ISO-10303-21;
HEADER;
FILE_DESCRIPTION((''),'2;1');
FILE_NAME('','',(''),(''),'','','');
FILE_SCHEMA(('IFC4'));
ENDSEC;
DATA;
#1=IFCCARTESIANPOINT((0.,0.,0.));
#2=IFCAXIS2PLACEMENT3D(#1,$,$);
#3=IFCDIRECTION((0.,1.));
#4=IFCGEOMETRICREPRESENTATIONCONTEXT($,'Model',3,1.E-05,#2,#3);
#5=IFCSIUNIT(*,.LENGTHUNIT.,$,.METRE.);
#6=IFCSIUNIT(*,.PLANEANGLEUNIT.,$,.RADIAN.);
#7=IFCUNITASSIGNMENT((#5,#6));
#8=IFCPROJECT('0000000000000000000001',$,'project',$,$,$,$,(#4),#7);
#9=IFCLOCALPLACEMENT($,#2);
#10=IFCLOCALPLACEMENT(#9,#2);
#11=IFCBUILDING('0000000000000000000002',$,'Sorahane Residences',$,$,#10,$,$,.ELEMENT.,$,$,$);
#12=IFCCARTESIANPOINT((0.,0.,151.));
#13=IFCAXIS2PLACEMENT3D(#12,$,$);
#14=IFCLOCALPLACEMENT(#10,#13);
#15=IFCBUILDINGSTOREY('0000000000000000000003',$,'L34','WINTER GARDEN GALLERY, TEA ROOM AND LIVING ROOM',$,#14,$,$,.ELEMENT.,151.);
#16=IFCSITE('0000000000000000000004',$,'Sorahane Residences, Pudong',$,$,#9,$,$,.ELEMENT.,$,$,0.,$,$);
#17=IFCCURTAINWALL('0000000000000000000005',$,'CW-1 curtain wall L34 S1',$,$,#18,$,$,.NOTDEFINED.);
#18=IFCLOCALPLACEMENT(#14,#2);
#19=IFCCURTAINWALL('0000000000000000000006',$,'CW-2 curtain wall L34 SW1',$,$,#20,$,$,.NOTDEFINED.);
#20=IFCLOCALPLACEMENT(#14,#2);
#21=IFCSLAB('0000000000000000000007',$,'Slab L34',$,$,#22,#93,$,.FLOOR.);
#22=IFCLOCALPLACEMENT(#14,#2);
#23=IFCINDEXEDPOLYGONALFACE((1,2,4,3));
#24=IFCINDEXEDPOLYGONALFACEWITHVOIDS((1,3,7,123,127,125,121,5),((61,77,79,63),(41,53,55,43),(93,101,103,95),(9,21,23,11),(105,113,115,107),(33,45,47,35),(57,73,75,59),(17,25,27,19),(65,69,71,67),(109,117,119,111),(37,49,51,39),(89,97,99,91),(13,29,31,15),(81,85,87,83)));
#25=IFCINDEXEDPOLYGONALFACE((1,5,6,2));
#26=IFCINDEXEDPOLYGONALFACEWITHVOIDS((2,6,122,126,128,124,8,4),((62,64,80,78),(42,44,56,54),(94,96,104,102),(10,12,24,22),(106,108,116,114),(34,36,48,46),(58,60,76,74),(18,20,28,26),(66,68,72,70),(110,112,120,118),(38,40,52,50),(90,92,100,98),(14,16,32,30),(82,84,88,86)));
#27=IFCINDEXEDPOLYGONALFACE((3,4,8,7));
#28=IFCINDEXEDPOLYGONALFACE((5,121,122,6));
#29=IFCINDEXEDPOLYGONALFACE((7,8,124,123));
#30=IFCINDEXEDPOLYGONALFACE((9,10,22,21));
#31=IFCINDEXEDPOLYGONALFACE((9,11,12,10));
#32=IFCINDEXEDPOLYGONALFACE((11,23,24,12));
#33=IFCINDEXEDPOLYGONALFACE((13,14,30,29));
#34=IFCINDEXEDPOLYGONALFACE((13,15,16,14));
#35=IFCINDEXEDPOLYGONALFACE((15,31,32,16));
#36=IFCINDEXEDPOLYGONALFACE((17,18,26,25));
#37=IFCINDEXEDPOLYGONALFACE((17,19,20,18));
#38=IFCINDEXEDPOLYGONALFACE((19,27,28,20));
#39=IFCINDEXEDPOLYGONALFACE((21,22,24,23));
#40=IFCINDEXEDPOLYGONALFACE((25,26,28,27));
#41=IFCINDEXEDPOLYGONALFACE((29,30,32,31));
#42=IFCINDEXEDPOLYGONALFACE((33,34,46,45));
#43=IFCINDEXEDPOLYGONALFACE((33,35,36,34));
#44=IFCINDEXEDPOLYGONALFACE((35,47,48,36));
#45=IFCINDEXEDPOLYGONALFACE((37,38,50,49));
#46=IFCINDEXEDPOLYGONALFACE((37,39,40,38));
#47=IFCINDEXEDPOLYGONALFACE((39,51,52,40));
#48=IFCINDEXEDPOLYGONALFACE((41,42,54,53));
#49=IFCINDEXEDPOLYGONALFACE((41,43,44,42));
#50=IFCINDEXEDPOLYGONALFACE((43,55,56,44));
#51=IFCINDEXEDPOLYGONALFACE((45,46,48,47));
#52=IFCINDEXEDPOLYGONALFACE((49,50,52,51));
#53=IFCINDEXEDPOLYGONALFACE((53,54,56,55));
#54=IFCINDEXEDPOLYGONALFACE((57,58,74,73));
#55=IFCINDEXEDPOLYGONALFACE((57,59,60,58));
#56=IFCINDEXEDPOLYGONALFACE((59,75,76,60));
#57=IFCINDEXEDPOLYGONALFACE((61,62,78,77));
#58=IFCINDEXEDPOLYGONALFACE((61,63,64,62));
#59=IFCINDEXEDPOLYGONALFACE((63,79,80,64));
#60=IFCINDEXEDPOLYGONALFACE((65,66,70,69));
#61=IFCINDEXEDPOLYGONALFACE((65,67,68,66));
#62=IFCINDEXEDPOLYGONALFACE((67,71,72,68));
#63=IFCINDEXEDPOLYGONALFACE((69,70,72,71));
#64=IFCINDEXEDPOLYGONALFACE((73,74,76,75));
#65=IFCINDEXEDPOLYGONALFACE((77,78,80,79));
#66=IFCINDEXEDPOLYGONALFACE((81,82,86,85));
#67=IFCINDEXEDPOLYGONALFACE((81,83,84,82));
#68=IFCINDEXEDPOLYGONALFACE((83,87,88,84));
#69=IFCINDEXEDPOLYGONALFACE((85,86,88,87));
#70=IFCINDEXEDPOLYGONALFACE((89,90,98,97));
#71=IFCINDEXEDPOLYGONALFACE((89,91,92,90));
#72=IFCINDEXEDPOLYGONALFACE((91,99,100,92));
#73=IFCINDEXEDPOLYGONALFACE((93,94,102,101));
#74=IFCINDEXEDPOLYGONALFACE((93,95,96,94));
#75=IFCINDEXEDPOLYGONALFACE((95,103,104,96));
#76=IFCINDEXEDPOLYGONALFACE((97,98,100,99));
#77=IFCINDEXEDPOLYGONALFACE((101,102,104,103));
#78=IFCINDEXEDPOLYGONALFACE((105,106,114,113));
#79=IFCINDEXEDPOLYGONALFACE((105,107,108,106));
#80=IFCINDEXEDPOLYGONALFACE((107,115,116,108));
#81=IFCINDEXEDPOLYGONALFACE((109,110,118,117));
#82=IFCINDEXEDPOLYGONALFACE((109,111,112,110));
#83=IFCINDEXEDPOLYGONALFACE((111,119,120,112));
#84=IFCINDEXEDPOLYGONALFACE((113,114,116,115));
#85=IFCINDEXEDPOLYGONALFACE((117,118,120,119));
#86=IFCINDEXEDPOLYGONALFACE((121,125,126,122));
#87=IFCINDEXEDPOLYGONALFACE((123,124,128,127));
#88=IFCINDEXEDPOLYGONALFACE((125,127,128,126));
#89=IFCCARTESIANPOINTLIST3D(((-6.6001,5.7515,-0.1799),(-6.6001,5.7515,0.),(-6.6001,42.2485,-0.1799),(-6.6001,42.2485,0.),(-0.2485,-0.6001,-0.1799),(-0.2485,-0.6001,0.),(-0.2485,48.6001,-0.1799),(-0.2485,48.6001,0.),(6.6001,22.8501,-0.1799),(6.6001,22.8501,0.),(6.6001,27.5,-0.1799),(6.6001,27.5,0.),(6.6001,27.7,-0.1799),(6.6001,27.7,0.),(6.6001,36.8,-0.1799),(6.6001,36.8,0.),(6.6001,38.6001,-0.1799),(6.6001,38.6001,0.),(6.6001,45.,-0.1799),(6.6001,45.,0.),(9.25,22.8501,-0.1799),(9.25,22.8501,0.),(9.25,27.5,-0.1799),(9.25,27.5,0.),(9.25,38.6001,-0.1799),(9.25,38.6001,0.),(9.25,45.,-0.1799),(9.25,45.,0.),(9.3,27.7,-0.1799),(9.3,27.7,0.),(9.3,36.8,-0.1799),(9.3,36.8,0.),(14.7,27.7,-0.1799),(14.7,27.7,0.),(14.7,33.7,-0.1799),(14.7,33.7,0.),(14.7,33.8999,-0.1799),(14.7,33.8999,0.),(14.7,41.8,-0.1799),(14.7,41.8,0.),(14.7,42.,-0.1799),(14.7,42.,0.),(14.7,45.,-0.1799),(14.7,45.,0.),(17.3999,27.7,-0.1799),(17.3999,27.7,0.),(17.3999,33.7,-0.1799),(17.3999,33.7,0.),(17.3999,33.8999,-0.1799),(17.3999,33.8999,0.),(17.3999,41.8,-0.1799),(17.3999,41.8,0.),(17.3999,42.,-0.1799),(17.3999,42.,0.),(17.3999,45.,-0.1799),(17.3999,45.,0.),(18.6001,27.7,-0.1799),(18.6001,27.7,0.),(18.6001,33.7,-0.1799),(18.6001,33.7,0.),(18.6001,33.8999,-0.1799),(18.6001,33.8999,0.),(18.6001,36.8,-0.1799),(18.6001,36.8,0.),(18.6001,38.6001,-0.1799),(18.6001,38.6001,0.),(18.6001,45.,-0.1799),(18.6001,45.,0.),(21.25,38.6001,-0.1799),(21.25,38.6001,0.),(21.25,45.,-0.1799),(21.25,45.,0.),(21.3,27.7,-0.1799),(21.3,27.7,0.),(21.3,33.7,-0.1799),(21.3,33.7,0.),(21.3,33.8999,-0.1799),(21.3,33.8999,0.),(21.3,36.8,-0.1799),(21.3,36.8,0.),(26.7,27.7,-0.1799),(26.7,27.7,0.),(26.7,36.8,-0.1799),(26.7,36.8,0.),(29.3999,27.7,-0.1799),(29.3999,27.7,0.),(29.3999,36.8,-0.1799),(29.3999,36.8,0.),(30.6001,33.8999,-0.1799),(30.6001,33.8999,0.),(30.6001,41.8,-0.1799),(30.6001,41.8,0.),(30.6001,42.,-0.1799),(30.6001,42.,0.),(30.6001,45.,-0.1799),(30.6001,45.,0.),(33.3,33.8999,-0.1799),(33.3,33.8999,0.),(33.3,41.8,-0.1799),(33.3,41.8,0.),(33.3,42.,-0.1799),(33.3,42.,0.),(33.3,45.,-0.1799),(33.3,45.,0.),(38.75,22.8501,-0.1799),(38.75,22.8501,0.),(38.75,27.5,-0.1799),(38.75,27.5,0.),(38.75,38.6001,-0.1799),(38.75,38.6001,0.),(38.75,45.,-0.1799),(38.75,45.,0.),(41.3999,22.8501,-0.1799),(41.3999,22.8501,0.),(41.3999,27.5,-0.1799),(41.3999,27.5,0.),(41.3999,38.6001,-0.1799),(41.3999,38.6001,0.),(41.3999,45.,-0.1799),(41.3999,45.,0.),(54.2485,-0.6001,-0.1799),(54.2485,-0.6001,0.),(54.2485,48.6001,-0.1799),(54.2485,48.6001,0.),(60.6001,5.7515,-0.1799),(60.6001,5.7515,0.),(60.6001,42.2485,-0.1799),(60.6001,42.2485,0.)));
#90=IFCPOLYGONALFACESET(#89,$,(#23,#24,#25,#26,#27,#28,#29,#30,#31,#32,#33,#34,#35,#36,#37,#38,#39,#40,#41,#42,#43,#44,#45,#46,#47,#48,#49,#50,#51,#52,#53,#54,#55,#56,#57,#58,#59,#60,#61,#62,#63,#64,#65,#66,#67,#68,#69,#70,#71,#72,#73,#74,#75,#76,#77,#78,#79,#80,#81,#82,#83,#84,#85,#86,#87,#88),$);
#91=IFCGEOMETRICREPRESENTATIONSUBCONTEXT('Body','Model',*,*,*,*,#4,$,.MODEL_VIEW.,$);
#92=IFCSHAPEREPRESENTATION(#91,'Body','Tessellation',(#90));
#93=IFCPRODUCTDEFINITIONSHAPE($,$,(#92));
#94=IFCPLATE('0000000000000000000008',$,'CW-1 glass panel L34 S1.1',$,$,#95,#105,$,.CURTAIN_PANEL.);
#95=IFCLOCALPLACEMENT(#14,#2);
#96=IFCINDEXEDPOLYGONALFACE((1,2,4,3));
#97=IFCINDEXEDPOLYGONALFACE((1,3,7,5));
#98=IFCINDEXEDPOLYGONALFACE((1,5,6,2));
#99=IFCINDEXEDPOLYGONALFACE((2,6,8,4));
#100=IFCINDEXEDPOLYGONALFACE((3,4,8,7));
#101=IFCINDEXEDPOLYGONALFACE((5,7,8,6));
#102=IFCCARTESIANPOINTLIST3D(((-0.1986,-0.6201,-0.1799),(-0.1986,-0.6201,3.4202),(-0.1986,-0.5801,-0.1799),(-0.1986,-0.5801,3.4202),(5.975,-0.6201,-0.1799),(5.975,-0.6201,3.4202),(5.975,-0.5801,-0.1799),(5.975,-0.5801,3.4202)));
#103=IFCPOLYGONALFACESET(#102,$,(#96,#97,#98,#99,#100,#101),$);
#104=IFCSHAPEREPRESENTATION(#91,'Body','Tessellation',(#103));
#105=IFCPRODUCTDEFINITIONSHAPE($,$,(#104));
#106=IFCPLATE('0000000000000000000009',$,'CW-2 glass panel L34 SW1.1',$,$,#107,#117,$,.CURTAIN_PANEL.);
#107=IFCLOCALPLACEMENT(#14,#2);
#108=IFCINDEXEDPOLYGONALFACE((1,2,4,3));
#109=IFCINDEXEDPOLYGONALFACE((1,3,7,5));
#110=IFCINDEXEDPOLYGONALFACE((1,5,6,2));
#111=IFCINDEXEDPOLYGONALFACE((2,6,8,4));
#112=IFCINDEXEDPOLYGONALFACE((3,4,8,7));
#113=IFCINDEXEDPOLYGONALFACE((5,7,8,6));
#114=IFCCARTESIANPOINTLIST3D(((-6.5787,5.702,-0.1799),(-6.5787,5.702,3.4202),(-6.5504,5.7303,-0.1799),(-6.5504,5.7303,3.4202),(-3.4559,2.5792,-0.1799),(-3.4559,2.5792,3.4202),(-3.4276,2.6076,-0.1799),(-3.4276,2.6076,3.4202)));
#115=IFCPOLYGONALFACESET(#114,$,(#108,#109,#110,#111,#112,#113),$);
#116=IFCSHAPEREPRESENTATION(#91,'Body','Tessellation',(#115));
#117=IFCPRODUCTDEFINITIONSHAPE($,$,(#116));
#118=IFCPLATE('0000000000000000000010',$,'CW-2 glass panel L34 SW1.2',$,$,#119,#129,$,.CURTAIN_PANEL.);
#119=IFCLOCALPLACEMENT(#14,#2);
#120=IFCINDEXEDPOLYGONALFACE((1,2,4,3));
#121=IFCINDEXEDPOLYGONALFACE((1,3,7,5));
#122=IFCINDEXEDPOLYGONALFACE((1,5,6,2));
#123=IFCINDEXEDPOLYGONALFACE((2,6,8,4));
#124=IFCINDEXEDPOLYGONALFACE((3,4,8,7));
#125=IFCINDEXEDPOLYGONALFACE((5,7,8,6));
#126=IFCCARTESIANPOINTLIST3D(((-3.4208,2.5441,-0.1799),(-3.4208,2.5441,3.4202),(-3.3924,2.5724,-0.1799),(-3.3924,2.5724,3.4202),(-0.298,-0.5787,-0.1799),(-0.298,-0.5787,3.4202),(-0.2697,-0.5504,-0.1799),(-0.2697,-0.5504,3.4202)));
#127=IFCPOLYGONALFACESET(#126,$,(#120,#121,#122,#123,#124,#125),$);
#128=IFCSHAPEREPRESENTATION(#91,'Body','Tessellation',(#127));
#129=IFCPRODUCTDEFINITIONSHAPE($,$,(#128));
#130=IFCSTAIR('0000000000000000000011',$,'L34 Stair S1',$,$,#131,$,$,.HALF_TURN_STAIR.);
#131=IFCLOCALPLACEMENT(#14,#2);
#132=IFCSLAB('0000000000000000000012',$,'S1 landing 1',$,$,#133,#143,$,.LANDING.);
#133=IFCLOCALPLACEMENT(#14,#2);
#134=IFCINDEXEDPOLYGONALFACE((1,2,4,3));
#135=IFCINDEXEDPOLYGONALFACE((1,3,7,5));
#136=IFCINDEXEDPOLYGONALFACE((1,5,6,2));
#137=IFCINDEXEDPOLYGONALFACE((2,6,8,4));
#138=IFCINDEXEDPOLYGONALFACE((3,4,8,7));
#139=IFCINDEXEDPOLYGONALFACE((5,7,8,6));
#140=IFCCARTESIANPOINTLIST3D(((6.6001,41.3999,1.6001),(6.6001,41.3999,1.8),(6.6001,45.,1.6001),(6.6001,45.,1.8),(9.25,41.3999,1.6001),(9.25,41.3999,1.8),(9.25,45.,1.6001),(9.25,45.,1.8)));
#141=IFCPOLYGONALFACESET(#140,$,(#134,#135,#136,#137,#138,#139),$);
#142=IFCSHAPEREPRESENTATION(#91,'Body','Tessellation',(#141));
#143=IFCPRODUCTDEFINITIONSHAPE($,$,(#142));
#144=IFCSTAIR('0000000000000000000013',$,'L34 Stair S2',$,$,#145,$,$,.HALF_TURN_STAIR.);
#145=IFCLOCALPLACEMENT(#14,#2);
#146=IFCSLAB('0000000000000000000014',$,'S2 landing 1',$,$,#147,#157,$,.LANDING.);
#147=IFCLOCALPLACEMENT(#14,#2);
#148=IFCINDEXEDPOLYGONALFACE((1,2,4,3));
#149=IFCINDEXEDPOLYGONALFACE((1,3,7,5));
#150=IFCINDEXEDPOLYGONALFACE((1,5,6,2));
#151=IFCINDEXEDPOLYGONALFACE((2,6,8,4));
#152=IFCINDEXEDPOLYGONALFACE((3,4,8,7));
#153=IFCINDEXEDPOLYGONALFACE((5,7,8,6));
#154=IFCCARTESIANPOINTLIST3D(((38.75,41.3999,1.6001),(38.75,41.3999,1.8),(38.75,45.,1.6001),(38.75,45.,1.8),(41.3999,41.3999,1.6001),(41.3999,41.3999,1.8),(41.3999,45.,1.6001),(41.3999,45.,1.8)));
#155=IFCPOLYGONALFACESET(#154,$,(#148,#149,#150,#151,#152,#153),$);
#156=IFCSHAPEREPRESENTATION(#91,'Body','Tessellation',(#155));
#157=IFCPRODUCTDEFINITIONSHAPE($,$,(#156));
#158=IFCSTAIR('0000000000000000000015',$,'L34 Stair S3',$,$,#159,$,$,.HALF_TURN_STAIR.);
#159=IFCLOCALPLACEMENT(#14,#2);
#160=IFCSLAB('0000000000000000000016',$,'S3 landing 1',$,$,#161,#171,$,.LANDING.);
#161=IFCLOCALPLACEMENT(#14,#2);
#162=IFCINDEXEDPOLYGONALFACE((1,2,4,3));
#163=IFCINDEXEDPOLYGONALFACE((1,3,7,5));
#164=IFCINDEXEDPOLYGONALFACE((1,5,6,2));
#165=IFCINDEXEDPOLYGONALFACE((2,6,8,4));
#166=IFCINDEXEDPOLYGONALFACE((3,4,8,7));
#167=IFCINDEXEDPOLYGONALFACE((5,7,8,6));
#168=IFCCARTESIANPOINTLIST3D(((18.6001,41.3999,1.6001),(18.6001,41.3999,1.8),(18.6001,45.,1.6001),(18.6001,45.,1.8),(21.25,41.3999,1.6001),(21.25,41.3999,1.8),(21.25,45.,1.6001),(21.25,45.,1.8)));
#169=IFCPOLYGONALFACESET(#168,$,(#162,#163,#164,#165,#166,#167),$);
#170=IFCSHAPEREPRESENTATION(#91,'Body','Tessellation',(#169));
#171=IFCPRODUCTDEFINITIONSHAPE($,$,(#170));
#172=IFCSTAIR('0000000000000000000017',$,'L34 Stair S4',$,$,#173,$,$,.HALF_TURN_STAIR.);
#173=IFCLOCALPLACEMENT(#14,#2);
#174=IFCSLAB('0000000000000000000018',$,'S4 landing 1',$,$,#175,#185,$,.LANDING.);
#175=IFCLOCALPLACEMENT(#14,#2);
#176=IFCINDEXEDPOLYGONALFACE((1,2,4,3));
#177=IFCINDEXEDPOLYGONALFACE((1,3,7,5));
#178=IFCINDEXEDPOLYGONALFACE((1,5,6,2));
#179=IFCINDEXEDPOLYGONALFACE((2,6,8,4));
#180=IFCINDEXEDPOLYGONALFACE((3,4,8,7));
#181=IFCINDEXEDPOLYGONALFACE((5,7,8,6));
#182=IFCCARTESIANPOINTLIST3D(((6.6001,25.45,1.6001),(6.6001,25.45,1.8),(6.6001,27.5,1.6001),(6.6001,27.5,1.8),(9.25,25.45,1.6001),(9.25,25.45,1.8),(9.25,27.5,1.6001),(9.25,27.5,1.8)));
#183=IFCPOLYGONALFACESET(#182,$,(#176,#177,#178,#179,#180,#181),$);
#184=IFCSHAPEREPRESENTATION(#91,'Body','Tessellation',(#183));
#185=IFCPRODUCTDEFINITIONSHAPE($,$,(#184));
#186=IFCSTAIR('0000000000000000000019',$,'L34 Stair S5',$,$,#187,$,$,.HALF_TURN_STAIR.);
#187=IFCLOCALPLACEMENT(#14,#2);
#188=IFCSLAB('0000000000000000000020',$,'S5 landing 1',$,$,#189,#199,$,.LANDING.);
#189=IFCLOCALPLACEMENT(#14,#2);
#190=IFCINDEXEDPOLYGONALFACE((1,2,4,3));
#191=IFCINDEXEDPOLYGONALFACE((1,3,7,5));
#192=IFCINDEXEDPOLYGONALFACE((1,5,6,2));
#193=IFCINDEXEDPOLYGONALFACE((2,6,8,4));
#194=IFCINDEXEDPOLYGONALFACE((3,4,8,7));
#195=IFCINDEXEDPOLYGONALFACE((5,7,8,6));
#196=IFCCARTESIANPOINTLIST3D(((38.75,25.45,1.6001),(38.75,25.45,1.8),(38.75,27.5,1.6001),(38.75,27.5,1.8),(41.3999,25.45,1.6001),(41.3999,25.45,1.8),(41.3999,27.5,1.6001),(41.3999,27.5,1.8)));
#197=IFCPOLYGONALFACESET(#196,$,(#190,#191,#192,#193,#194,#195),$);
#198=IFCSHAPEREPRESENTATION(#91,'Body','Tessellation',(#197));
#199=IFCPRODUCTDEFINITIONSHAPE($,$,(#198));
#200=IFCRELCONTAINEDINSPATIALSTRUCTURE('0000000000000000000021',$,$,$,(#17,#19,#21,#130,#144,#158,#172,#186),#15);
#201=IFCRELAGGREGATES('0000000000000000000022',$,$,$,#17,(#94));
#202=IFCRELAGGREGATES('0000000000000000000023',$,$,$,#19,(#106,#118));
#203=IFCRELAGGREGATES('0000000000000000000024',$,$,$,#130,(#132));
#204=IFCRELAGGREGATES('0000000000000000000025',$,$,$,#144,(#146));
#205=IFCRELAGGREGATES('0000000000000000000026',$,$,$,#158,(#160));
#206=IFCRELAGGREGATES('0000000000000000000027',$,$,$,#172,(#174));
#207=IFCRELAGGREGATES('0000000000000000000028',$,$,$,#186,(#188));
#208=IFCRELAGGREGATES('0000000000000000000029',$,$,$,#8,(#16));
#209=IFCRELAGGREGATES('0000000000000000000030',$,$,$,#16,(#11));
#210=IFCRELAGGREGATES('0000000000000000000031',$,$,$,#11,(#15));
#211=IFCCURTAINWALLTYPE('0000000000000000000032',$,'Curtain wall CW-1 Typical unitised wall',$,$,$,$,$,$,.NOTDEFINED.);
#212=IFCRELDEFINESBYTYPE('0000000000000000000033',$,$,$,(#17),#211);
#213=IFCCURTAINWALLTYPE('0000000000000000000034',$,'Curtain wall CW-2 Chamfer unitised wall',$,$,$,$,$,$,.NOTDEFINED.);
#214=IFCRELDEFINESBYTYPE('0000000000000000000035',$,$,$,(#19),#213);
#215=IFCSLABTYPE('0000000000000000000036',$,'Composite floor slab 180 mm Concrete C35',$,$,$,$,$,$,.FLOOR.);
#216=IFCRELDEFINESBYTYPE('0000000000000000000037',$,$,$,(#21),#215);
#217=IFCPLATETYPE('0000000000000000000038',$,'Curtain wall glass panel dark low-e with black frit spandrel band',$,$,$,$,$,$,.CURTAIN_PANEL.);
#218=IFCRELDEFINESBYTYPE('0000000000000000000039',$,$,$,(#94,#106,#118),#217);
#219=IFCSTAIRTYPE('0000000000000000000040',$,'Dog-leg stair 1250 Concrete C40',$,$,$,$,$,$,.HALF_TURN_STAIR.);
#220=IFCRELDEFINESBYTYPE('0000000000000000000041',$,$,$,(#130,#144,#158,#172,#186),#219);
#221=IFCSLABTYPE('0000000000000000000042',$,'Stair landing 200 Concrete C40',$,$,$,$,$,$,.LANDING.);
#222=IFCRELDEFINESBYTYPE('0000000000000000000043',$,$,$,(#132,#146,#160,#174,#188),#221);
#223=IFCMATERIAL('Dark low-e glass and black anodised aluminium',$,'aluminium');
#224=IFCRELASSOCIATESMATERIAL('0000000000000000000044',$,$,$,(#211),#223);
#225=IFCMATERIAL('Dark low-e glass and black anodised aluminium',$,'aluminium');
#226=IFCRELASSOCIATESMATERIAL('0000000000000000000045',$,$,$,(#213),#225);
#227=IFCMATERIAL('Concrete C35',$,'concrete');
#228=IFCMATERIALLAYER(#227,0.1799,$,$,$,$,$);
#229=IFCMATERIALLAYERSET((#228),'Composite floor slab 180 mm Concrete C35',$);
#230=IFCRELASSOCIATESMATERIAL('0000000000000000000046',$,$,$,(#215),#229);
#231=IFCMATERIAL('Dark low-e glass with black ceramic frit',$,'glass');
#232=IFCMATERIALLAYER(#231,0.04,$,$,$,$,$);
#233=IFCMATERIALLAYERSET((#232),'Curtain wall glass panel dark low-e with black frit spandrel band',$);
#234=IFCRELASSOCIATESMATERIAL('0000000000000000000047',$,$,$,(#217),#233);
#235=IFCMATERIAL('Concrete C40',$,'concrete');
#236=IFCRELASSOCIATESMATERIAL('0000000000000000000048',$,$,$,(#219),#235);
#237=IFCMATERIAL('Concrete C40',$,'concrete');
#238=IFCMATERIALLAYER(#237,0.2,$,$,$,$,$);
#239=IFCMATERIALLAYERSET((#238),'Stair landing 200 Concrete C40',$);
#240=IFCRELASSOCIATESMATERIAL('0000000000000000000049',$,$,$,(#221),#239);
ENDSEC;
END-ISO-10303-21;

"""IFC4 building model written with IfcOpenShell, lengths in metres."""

from ifc_helpers import new_model, si_unit, direction, frame, origin, origin_2d, place, context, subcontext, project, spatial, polyline, rectangle, outline, extrude, material, layer, layer_set, type_object, element, aggregate, save


model = new_model("IFC4")

# Units and contexts
model_context = context("Model", 3, precision=1e-05, world=origin(), true_north=direction((0.0, 1.0)))
body_context = subcontext(model_context, "Body", "Model", "MODEL_VIEW")
ifc_project = project(units=[si_unit("LENGTHUNIT", "METRE"), si_unit("PLANEANGLEUNIT", "RADIAN")], contexts=[model_context])

# Site, building, storey
site_placement = place(None, origin())
site = spatial("IfcSite", under=ifc_project, at=site_placement, Name="Sorahane Residences, Pudong", CompositionType="ELEMENT", RefElevation=0.0)
building_placement = place(site_placement, origin())
building = spatial("IfcBuilding", under=site, at=building_placement, Name="Sorahane Residences", CompositionType="ELEMENT")
storey_placement = place(building_placement, frame((0.0, 0.0, 151.0)))
storey = spatial("IfcBuildingStorey", under=building, at=storey_placement, Name="L34", Description="WINTER GARDEN GALLERY, TEA ROOM AND LIVING ROOM", CompositionType="ELEMENT", Elevation=151.0)

# Curtain wall
ifc_material_1 = material(Name="Dark low-e glass and black anodised aluminium", Category="aluminium")
curtain_wall_type_1 = type_object("IfcCurtainWallType", Name="Curtain wall CW-1 Typical unitised wall", PredefinedType="NOTDEFINED", material=ifc_material_1)
curtain_wall_1_placement = place(storey_placement, origin())
curtain_wall_1 = element("IfcCurtainWall", 1, at=curtain_wall_1_placement, inside=storey, type_object=curtain_wall_type_1, Name="CW-1 curtain wall L34 S1", PredefinedType="NOTDEFINED")

# Curtain wall
ifc_material_2 = material(Name="Dark low-e glass and black anodised aluminium", Category="aluminium")
curtain_wall_type_2 = type_object("IfcCurtainWallType", Name="Curtain wall CW-2 Chamfer unitised wall", PredefinedType="NOTDEFINED", material=ifc_material_2)
curtain_wall_2_placement = place(storey_placement, origin())
curtain_wall_2 = element("IfcCurtainWall", 2, at=curtain_wall_2_placement, inside=storey, type_object=curtain_wall_type_2, Name="CW-2 curtain wall L34 SW1", PredefinedType="NOTDEFINED")

# Slab
ifc_material_3 = material(Name="Concrete C35", Category="concrete")
ifc_layer_1 = layer(ifc_material_3, 0.1799)
ifc_layer_set_1 = layer_set([ifc_layer_1], Name="Composite floor slab 180 mm Concrete C35")
slab_type_1 = type_object("IfcSlabType", Name="Composite floor slab 180 mm Concrete C35", PredefinedType="FLOOR", material=ifc_layer_set_1)
slab_1_placement = place(storey_placement, frame((0.0, 0.0, -0.1799)))
element("IfcSlab", 3, at=slab_1_placement, inside=storey, type_object=slab_type_1, Name="Slab L34", PredefinedType="FLOOR", context=body_context, shape_type="SweptSolid", body=[
    extrude(outline(polyline([(-0.2485, -0.6001), (-6.6001, 5.7515), (-6.6001, 42.2485), (-0.2485, 48.6001), (54.2485, 48.6001), (60.6001, 42.2485), (60.6001, 5.7515), (54.2485, -0.6001), (-0.2485, -0.6001)]), holes=[polyline([(18.6001, 27.7), (21.3, 27.7), (21.3, 33.7), (18.6001, 33.7), (18.6001, 27.7)]), polyline([(30.6001, 42.0), (33.3, 42.0), (33.3, 45.0), (30.6001, 45.0), (30.6001, 42.0)]), polyline([(14.7, 27.7), (17.3999, 27.7), (17.3999, 33.7), (14.7, 33.7), (14.7, 27.7)]), polyline([(14.7, 42.0), (17.3999, 42.0), (17.3999, 45.0), (14.7, 45.0), (14.7, 42.0)]), polyline([(6.6001, 27.7), (9.3, 27.7), (9.3, 36.8), (6.6001, 36.8), (6.6001, 27.7)]), polyline([(9.25, 38.6001), (9.25, 45.0), (6.6001, 45.0), (6.6001, 38.6001), (9.25, 38.6001)]), polyline([(41.3999, 38.6001), (41.3999, 45.0), (38.75, 45.0), (38.75, 38.6001), (41.3999, 38.6001)]), polyline([(21.25, 38.6001), (21.25, 45.0), (18.6001, 45.0), (18.6001, 38.6001), (21.25, 38.6001)]), polyline([(9.25, 22.8501), (9.25, 27.5), (6.6001, 27.5), (6.6001, 22.8501), (9.25, 22.8501)]), polyline([(41.3999, 22.8501), (41.3999, 27.5), (38.75, 27.5), (38.75, 22.8501), (41.3999, 22.8501)]), polyline([(14.7, 33.8999), (17.3999, 33.8999), (17.3999, 41.8), (14.7, 41.8), (14.7, 33.8999)]), polyline([(30.6001, 33.8999), (33.3, 33.8999), (33.3, 41.8), (30.6001, 41.8), (30.6001, 33.8999)]), polyline([(18.6001, 33.8999), (21.3, 33.8999), (21.3, 36.8), (18.6001, 36.8), (18.6001, 33.8999)]), polyline([(26.7, 27.7), (29.3999, 27.7), (29.3999, 36.8), (26.7, 36.8), (26.7, 27.7)])]), origin(), (0.0, 0.0, 1.0), 0.1799),
])

# Plates
ifc_material_4 = material(Name="Dark low-e glass with black ceramic frit", Category="glass")
ifc_layer_2 = layer(ifc_material_4, 0.04)
ifc_layer_set_2 = layer_set([ifc_layer_2], Name="Curtain wall glass panel dark low-e with black frit spandrel band")
plate_type = type_object("IfcPlateType", Name="Curtain wall glass panel dark low-e with black frit spandrel band", PredefinedType="CURTAIN_PANEL", material=ifc_layer_set_2)
plate_1_placement = place(storey_placement, frame((2.8882, -0.6001, -0.1799), z_axis=(0.0, 0.0, 1.0), x_axis=(1.0, 0.0, 0.0)))
plate_1 = element("IfcPlate", 4, at=plate_1_placement, type_object=plate_type, Name="CW-1 glass panel L34 S1.1", PredefinedType="CURTAIN_PANEL", context=body_context, shape_type="SweptSolid", body=[
    extrude(rectangle(XDim=6.1736, YDim=0.04, at=origin_2d()), origin(), (0.0, 0.0, 1.0), 3.6001),
])
aggregate(curtain_wall_1, [plate_1])
plate_2_placement = place(storey_placement, frame((-5.0032, 4.1548, -0.1799), z_axis=(0.0, 0.0, 1.0), x_axis=(0.707107, -0.707107, 0.0)))
plate_2 = element("IfcPlate", 5, at=plate_2_placement, type_object=plate_type, Name="CW-2 glass panel L34 SW1.1", PredefinedType="CURTAIN_PANEL", context=body_context, shape_type="SweptSolid", body=[
    extrude(rectangle(XDim=4.4163, YDim=0.04, at=origin_2d()), origin(), (0.0, 0.0, 1.0), 3.6001),
])
plate_3_placement = place(storey_placement, frame((-1.8452, 0.9968, -0.1799), z_axis=(0.0, 0.0, 1.0), x_axis=(0.707107, -0.707107, 0.0)))
plate_3 = element("IfcPlate", 6, at=plate_3_placement, type_object=plate_type, Name="CW-2 glass panel L34 SW1.2", PredefinedType="CURTAIN_PANEL", context=body_context, shape_type="SweptSolid", body=[
    extrude(rectangle(XDim=4.4163, YDim=0.04, at=origin_2d()), origin(), (0.0, 0.0, 1.0), 3.6001),
])
aggregate(curtain_wall_2, [plate_2, plate_3])

# Stairs, slabs
ifc_material_5 = material(Name="Concrete C40", Category="concrete")
stair_type = type_object("IfcStairType", Name="Dog-leg stair 1250 Concrete C40", PredefinedType="HALF_TURN_STAIR", material=ifc_material_5)
stair_1_placement = place(storey_placement, origin())
stair_1 = element("IfcStair", 7, at=stair_1_placement, inside=storey, type_object=stair_type, Name="L34 Stair S1", PredefinedType="HALF_TURN_STAIR")
ifc_material_6 = material(Name="Concrete C40", Category="concrete")
ifc_layer_3 = layer(ifc_material_6, 0.2)
ifc_layer_set_3 = layer_set([ifc_layer_3], Name="Stair landing 200 Concrete C40")
slab_type_2 = type_object("IfcSlabType", Name="Stair landing 200 Concrete C40", PredefinedType="LANDING", material=ifc_layer_set_3)
slab_2_placement = place(storey_placement, frame((0.0, 0.0, 1.6001)))
slab_2 = element("IfcSlab", 8, at=slab_2_placement, type_object=slab_type_2, Name="S1 landing 1", PredefinedType="LANDING", context=body_context, shape_type="SweptSolid", body=[
    extrude(outline(polyline([(9.25, 41.3999), (9.25, 45.0), (6.6001, 45.0), (6.6001, 41.3999), (9.25, 41.3999)])), origin(), (0.0, 0.0, 1.0), 0.2),
])
aggregate(stair_1, [slab_2])
stair_2_placement = place(storey_placement, origin())
stair_2 = element("IfcStair", 9, at=stair_2_placement, inside=storey, type_object=stair_type, Name="L34 Stair S2", PredefinedType="HALF_TURN_STAIR")
slab_3_placement = place(storey_placement, frame((0.0, 0.0, 1.6001)))
slab_3 = element("IfcSlab", 10, at=slab_3_placement, type_object=slab_type_2, Name="S2 landing 1", PredefinedType="LANDING", context=body_context, shape_type="SweptSolid", body=[
    extrude(outline(polyline([(41.3999, 41.3999), (41.3999, 45.0), (38.75, 45.0), (38.75, 41.3999), (41.3999, 41.3999)])), origin(), (0.0, 0.0, 1.0), 0.2),
])
aggregate(stair_2, [slab_3])
stair_3_placement = place(storey_placement, origin())
stair_3 = element("IfcStair", 11, at=stair_3_placement, inside=storey, type_object=stair_type, Name="L34 Stair S3", PredefinedType="HALF_TURN_STAIR")
slab_4_placement = place(storey_placement, frame((0.0, 0.0, 1.6001)))
slab_4 = element("IfcSlab", 12, at=slab_4_placement, type_object=slab_type_2, Name="S3 landing 1", PredefinedType="LANDING", context=body_context, shape_type="SweptSolid", body=[
    extrude(outline(polyline([(21.25, 41.3999), (21.25, 45.0), (18.6001, 45.0), (18.6001, 41.3999), (21.25, 41.3999)])), origin(), (0.0, 0.0, 1.0), 0.2),
])
aggregate(stair_3, [slab_4])
stair_4_placement = place(storey_placement, origin())
stair_4 = element("IfcStair", 13, at=stair_4_placement, inside=storey, type_object=stair_type, Name="L34 Stair S4", PredefinedType="HALF_TURN_STAIR")
slab_5_placement = place(storey_placement, frame((0.0, 0.0, 1.6001)))
slab_5 = element("IfcSlab", 14, at=slab_5_placement, type_object=slab_type_2, Name="S4 landing 1", PredefinedType="LANDING", context=body_context, shape_type="SweptSolid", body=[
    extrude(outline(polyline([(9.25, 25.45), (9.25, 27.5), (6.6001, 27.5), (6.6001, 25.45), (9.25, 25.45)])), origin(), (0.0, 0.0, 1.0), 0.2),
])
aggregate(stair_4, [slab_5])
stair_5_placement = place(storey_placement, origin())
stair_5 = element("IfcStair", 15, at=stair_5_placement, inside=storey, type_object=stair_type, Name="L34 Stair S5", PredefinedType="HALF_TURN_STAIR")
slab_6_placement = place(storey_placement, frame((0.0, 0.0, 1.6001)))
slab_6 = element("IfcSlab", 16, at=slab_6_placement, type_object=slab_type_2, Name="S5 landing 1", PredefinedType="LANDING", context=body_context, shape_type="SweptSolid", body=[
    extrude(outline(polyline([(41.3999, 25.45), (41.3999, 27.5), (38.75, 27.5), (38.75, 25.45), (41.3999, 25.45)])), origin(), (0.0, 0.0, 1.0), 0.2),
])
aggregate(stair_5, [slab_6])

save(model, "model.ifc")
